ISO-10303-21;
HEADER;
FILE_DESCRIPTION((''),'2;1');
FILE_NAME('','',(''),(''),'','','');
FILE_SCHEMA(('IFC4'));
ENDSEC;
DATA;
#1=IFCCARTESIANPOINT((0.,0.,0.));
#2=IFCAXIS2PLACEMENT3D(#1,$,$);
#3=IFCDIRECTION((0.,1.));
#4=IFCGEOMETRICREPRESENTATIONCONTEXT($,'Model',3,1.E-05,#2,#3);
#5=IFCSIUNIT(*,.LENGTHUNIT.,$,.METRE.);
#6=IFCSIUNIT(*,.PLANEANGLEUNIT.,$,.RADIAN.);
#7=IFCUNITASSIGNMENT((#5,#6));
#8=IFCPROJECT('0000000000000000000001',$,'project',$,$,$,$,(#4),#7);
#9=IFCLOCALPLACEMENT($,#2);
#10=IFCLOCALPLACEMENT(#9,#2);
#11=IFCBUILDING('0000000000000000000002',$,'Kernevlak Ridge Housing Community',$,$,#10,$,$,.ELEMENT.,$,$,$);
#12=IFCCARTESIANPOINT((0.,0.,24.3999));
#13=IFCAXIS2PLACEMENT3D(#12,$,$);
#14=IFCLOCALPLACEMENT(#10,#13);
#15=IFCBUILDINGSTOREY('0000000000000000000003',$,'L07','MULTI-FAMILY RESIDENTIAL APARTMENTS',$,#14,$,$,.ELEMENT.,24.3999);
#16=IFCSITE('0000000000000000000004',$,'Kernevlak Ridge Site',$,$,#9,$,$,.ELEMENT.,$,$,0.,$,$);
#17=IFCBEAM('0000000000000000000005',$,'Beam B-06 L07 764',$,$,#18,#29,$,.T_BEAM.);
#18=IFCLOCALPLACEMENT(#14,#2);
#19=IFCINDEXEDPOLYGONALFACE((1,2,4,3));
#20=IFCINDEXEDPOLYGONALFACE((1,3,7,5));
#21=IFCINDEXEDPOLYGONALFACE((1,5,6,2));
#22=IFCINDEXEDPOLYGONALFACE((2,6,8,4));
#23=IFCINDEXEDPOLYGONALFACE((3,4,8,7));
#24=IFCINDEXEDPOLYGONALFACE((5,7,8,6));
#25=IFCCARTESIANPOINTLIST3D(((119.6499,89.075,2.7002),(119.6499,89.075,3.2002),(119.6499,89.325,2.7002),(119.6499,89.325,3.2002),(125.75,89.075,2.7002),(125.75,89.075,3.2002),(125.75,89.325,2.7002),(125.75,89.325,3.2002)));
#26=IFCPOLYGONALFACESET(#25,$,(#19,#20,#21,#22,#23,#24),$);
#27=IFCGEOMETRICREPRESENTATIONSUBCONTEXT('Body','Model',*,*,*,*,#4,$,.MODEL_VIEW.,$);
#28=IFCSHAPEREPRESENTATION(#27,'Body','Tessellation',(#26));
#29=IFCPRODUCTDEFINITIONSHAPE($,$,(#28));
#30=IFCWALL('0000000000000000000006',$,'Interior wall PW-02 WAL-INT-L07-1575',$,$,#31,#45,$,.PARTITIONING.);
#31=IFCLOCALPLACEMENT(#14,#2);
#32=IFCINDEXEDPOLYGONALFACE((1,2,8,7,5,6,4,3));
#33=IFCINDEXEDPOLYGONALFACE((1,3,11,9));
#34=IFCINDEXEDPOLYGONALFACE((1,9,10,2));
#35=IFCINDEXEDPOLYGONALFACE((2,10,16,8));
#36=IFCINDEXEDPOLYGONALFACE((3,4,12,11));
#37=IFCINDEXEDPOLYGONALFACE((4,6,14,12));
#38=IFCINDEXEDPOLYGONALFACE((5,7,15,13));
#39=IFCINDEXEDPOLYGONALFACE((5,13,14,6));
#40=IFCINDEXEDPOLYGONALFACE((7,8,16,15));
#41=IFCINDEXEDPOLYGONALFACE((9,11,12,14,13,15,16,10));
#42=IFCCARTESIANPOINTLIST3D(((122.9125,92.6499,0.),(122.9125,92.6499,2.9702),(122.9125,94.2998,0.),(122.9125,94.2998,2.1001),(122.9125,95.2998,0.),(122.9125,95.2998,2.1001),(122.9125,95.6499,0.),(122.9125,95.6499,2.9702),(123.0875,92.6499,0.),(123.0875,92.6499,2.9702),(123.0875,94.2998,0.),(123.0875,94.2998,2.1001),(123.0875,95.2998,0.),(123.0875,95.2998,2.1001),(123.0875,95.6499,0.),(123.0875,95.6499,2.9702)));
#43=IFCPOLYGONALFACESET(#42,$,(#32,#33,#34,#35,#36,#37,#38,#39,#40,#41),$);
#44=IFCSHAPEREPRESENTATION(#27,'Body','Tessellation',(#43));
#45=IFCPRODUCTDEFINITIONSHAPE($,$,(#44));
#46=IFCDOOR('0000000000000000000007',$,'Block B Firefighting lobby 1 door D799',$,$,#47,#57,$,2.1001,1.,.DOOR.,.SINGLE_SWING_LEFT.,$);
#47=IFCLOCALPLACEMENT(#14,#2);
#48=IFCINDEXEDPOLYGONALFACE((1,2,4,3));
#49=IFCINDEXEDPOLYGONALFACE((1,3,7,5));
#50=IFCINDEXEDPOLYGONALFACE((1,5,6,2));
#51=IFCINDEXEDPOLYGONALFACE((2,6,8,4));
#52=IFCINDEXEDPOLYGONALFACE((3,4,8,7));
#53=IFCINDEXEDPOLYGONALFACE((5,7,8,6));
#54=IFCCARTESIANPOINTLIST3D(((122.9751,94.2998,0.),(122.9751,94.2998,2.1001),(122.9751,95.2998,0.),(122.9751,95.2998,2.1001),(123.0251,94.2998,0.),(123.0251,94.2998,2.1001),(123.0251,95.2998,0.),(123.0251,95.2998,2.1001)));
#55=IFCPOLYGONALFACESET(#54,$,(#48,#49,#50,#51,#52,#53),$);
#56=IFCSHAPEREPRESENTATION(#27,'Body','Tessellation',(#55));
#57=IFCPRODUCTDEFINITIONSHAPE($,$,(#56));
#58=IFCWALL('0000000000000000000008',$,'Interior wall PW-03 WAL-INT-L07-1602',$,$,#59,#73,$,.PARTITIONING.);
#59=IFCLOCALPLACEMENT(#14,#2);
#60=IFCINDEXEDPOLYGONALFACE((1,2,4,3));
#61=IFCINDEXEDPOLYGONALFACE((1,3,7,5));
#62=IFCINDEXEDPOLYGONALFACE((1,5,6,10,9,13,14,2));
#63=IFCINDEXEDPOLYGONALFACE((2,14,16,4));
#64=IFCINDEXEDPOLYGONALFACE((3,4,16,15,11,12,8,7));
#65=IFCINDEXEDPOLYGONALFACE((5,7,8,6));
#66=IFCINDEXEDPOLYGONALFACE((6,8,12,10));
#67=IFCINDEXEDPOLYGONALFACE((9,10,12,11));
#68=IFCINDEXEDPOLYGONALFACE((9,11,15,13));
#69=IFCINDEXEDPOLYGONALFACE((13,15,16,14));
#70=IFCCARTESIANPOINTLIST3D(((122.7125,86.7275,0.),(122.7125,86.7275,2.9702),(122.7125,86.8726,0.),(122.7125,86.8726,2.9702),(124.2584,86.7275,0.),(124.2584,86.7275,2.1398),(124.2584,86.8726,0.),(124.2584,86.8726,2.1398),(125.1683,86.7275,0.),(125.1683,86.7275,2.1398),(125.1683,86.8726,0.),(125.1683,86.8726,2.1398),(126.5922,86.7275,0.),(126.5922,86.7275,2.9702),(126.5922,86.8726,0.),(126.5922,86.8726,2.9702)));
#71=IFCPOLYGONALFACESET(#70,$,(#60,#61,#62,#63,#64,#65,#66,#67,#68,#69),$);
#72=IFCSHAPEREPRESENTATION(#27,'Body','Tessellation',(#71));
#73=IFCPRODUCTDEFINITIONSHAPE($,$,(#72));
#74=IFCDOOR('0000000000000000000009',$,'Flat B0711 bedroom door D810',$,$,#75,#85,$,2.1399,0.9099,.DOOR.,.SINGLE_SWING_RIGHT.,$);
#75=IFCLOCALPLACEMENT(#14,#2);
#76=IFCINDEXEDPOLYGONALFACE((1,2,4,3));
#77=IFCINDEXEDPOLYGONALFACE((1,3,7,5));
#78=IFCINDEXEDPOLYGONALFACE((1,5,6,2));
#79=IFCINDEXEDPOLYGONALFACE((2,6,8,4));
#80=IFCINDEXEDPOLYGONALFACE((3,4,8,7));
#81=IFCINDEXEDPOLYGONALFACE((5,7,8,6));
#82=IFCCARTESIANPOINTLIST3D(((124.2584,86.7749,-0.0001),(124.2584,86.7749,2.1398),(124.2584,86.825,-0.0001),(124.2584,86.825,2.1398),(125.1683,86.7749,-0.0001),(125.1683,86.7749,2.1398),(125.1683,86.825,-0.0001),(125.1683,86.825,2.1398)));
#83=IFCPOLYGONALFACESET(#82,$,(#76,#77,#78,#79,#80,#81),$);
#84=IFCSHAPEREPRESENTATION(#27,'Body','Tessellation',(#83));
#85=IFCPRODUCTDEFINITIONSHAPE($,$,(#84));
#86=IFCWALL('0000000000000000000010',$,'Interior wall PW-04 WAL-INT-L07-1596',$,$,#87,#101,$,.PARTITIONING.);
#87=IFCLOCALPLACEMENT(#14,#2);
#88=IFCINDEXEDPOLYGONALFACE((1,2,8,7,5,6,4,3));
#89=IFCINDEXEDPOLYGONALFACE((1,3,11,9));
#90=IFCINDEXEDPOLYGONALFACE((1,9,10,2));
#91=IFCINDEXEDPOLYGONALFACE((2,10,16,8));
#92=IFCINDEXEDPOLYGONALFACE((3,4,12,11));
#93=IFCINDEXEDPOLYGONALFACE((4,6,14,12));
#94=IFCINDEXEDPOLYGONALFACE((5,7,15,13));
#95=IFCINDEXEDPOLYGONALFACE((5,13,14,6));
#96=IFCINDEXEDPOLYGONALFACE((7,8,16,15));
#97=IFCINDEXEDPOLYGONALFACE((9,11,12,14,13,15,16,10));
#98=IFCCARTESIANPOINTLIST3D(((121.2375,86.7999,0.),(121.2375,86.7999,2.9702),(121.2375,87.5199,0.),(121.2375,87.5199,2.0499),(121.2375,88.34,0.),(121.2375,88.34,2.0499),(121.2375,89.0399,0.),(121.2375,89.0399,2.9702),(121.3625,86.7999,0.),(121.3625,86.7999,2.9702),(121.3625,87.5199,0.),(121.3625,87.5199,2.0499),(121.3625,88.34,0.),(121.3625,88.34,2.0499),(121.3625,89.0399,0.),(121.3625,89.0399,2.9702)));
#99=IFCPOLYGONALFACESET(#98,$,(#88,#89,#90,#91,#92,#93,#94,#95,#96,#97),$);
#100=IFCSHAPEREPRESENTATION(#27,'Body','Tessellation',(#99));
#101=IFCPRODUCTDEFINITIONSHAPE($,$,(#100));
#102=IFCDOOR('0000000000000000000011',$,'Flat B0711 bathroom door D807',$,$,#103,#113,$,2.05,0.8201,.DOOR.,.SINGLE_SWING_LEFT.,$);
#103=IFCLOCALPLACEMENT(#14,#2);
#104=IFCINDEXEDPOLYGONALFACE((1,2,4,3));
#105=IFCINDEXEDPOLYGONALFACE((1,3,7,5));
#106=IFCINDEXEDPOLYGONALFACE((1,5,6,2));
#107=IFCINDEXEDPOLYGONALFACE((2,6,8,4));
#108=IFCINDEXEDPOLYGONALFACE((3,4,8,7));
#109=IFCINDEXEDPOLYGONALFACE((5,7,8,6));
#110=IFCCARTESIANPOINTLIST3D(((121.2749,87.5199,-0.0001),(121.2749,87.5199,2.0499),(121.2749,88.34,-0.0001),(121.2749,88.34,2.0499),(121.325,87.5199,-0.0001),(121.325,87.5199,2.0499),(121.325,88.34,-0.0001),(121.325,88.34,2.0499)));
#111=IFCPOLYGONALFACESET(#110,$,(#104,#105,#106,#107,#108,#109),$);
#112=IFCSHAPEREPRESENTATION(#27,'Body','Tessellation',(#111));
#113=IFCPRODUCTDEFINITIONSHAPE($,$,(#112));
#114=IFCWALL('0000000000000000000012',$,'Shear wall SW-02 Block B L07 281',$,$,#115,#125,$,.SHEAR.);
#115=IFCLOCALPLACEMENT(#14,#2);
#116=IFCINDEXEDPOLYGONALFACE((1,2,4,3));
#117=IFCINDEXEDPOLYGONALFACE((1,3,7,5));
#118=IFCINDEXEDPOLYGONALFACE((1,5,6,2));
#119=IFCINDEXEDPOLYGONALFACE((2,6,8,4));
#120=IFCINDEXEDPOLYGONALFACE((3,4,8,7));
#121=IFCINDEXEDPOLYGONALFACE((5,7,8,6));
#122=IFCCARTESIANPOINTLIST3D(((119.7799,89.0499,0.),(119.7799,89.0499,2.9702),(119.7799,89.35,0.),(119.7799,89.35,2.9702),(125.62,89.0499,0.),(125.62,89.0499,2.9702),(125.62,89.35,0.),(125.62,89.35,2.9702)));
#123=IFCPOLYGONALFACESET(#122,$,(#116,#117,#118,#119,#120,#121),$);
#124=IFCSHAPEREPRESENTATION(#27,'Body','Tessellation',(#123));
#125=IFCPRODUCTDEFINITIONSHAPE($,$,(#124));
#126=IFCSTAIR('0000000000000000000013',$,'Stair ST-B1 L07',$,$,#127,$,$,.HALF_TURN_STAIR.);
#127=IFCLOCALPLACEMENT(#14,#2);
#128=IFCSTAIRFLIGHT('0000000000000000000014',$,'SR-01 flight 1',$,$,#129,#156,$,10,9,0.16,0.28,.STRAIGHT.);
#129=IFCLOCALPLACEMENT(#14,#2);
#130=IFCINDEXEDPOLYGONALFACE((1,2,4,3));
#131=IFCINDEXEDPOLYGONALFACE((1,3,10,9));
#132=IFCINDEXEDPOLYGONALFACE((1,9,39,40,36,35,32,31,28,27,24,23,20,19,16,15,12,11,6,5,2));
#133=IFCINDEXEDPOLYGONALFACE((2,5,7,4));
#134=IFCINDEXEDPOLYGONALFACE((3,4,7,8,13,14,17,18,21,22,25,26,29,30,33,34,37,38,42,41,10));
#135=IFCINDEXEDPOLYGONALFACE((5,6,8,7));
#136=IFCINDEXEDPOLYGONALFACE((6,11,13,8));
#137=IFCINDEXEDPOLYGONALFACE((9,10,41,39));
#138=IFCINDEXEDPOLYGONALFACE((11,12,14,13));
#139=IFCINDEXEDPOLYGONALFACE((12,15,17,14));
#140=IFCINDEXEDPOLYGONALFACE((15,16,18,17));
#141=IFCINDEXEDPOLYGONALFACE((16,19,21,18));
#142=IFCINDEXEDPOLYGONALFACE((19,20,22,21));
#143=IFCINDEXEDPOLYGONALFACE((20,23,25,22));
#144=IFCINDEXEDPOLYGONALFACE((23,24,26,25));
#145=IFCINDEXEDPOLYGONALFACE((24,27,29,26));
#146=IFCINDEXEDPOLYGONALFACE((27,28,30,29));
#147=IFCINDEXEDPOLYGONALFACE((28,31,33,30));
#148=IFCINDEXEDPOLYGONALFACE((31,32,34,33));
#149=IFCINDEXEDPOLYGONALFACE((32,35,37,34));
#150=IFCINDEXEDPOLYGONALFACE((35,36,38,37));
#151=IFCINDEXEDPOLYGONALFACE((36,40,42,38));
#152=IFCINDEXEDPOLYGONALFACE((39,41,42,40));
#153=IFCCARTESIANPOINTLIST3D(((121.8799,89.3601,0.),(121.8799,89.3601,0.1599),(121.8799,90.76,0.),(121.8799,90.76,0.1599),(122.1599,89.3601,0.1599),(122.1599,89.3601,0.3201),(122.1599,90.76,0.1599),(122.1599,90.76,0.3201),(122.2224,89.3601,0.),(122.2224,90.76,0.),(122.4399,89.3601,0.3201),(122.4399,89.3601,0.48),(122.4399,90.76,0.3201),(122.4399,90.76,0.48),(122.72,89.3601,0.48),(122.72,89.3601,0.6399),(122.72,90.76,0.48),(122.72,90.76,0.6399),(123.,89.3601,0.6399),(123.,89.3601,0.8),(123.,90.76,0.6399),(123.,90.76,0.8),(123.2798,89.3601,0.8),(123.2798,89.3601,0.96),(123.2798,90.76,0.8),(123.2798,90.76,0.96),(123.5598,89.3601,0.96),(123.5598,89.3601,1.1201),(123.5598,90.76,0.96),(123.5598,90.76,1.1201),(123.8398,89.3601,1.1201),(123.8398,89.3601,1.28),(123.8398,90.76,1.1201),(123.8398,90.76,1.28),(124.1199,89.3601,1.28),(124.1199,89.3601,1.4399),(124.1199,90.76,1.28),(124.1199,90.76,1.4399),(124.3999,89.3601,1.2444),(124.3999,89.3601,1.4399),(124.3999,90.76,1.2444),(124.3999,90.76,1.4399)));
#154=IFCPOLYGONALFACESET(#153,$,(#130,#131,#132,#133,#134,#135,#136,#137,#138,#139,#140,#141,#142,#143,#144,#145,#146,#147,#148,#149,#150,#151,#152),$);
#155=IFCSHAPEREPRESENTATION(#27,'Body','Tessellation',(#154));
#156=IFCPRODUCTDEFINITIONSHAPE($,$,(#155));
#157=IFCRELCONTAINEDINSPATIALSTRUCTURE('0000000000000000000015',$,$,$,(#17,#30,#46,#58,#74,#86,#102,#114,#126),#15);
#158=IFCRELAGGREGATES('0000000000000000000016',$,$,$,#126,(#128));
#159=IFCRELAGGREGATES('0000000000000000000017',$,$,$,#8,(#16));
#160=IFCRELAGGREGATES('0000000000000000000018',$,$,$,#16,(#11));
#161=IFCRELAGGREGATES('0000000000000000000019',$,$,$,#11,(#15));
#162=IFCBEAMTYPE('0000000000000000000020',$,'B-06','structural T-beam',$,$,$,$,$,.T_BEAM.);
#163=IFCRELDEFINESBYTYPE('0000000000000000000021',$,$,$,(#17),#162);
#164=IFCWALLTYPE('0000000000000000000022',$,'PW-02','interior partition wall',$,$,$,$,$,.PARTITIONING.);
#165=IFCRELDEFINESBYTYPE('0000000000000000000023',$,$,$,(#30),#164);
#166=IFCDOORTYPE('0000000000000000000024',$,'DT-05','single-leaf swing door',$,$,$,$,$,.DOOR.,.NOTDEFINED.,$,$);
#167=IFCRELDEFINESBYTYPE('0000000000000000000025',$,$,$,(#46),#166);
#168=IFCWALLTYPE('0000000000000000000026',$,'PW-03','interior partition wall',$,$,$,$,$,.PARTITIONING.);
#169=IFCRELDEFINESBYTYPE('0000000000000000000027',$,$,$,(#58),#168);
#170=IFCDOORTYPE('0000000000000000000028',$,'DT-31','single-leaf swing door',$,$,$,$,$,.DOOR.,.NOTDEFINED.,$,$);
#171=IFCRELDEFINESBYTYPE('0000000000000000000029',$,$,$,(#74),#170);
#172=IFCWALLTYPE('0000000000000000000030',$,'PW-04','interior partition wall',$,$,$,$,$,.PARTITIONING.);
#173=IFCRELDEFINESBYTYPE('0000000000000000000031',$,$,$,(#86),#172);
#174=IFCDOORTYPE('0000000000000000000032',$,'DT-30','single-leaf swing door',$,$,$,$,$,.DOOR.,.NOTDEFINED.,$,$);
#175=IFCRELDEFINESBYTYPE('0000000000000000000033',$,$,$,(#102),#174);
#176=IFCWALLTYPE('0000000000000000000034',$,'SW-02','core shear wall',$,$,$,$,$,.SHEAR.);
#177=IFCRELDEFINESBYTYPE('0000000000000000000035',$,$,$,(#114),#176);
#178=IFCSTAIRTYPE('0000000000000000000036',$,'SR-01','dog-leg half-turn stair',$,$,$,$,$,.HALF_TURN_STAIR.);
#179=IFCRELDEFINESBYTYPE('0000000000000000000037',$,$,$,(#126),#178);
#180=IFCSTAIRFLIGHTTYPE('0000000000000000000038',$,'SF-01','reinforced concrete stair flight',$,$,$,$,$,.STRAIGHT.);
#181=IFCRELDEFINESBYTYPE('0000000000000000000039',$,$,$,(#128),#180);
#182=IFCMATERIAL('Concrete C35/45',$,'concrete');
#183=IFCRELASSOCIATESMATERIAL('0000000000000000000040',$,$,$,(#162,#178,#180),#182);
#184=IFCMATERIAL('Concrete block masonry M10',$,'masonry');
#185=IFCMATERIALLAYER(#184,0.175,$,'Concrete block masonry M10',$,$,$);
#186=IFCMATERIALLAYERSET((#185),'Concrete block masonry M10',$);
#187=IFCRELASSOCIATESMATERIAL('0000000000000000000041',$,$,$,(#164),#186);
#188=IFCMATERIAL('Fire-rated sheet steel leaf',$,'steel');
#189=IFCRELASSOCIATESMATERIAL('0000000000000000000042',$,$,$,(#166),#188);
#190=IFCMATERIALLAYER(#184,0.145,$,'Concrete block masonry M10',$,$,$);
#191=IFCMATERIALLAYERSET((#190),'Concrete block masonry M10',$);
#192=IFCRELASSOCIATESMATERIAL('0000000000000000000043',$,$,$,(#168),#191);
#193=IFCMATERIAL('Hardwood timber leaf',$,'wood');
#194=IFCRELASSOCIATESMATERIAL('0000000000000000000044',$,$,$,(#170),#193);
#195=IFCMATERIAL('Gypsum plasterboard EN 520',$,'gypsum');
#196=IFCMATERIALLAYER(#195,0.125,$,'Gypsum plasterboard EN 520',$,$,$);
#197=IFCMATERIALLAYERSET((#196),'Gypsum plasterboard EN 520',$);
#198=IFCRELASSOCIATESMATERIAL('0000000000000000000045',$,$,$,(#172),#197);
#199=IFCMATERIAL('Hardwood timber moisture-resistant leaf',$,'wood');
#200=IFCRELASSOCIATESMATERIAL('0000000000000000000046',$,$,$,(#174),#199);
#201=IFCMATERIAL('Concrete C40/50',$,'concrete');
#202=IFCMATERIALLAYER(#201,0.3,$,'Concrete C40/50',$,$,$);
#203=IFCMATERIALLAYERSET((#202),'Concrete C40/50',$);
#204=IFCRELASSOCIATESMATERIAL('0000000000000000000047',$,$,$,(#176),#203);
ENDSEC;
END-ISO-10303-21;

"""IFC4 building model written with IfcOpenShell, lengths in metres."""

from ifc_helpers import new_model, si_unit, direction, frame, frame_2d, origin, origin_2d, place, context, subcontext, project, spatial, polyline, rectangle, outline, extrude, material, layer, layer_set, material_profile, profile_set, type_object, element, fill, aggregate, save


model = new_model("IFC4")

# Units and contexts
model_context = context("Model", 3, precision=1e-05, world=origin(), true_north=direction((0.0, 1.0)))
body_context = subcontext(model_context, "Body", "Model", "MODEL_VIEW")
ifc_project = project(units=[si_unit("LENGTHUNIT", "METRE"), si_unit("PLANEANGLEUNIT", "RADIAN")], contexts=[model_context])

# Site, building, storey
site_placement = place(None, origin())
site = spatial("IfcSite", under=ifc_project, at=site_placement, Name="Kernevlak Ridge Site", CompositionType="ELEMENT", RefElevation=0.0)
building_placement = place(site_placement, origin())
building = spatial("IfcBuilding", under=site, at=building_placement, Name="Kernevlak Ridge Housing Community", CompositionType="ELEMENT")
storey_placement = place(building_placement, frame((0.0, 0.0, 24.3999)))
storey = spatial("IfcBuildingStorey", under=building, at=storey_placement, Name="L07", Description="MULTI-FAMILY RESIDENTIAL APARTMENTS", CompositionType="ELEMENT", Elevation=24.3999)

# Beam
ifc_material_1 = material(Name="Concrete C35/45", Category="concrete")
ifc_material_profile = material_profile(ifc_material_1, rectangle(XDim=0.25, YDim=0.5, at=origin_2d()), Name="RC 250x500")
ifc_profile_set = profile_set([ifc_material_profile], Name="Concrete C35/45")
beam_type = type_object("IfcBeamType", Name="B-06", Description="structural T-beam", PredefinedType="T_BEAM", material=ifc_profile_set)
beam_placement = place(storey_placement, frame((119.6499, 89.2, 2.9502), z_axis=(1.0, 0.0, 0.0), x_axis=(0.0, 1.0, 0.0)))
element("IfcBeam", 1, at=beam_placement, inside=storey, type_object=beam_type, Name="Beam B-06 L07 764", PredefinedType="T_BEAM", context=body_context, shape_type="SweptSolid", body=[
    extrude(rectangle(XDim=0.25, YDim=0.5, at=origin_2d()), origin(), (0.0, 0.0, 1.0), 6.1001),
])

# Walls, openings, doors
ifc_material_2 = material(Name="Concrete block masonry M10", Category="masonry")
ifc_layer_1 = layer(ifc_material_2, 0.175, Name="Concrete block masonry M10")
ifc_layer_set_1 = layer_set([ifc_layer_1], Name="Concrete block masonry M10")
wall_type_1 = type_object("IfcWallType", Name="PW-02", Description="interior partition wall", PredefinedType="PARTITIONING", material=ifc_layer_set_1)
wall_1_placement = place(storey_placement, frame((123.0, 92.6499, 0.0), z_axis=(0.0, 0.0, 1.0), x_axis=(0.0, 1.0, 0.0)))
wall_1 = element("IfcWall", 2, at=wall_1_placement, inside=storey, type_object=wall_type_1, Name="Interior wall PW-02 WAL-INT-L07-1575", PredefinedType="PARTITIONING", context=body_context, shape_type="SweptSolid", body=[
    extrude(rectangle(XDim=3.0, YDim=0.175, at=frame_2d((1.5, 0.0))), origin(), (0.0, 0.0, 1.0), 2.9702),
])
opening_1_placement = place(wall_1_placement, frame((1.6499, 0.0, 0.0)))
opening_1 = element("IfcOpeningElement", 3, at=opening_1_placement, cuts=wall_1, PredefinedType="OPENING", context=body_context, shape_type="SweptSolid", body=[
    extrude(rectangle(XDim=1.0, YDim=2.1001, at=frame_2d((0.5, 1.05))), frame((0.0, 0.0974, 0.0), z_axis=(0.0, -1.0, 0.0), x_axis=(1.0, 0.0, 0.0)), (0.0, 0.0, 1.0), 0.1951),
])
ifc_material_3 = material(Name="Fire-rated sheet steel leaf", Category="steel")
door_type_1 = type_object("IfcDoorType", Name="DT-05", Description="single-leaf swing door", OperationType="NOTDEFINED", PredefinedType="DOOR", material=ifc_material_3)
door_1_placement = place(opening_1_placement, origin())
door_1 = element("IfcDoor", 4, at=door_1_placement, inside=storey, type_object=door_type_1, Name="Block B Firefighting lobby 1 door D799", OperationType="SINGLE_SWING_LEFT", OverallHeight=2.1001, OverallWidth=1.0, PredefinedType="DOOR", context=body_context, shape_type="SweptSolid", body=[
    extrude(rectangle(XDim=1.0, YDim=2.1001, at=frame_2d((0.5, 1.05))), frame((0.0, 0.0249, 0.0), z_axis=(0.0, -1.0, 0.0), x_axis=(1.0, 0.0, 0.0)), (0.0, 0.0, 1.0), 0.05),
])
fill(opening_1, door_1)
ifc_layer_2 = layer(ifc_material_2, 0.145, Name="Concrete block masonry M10")
ifc_layer_set_2 = layer_set([ifc_layer_2], Name="Concrete block masonry M10")
wall_type_2 = type_object("IfcWallType", Name="PW-03", Description="interior partition wall", PredefinedType="PARTITIONING", material=ifc_layer_set_2)
ifc_material_4 = material(Name="Hardwood timber leaf", Category="wood")
wall_2_placement = place(storey_placement, frame((122.7124, 86.8, 0.0), z_axis=(0.0, 0.0, 1.0), x_axis=(1.0, 0.0, 0.0)))
wall_2 = element("IfcWall", 5, at=wall_2_placement, inside=storey, type_object=wall_type_2, Name="Interior wall PW-03 WAL-INT-L07-1602", PredefinedType="PARTITIONING", context=body_context, shape_type="SweptSolid", body=[
    extrude(rectangle(XDim=3.8796, YDim=0.145, at=frame_2d((1.9399, 0.0))), origin(), (0.0, 0.0, 1.0), 2.9702),
])
opening_2_placement = place(wall_2_placement, frame((1.5459, 0.0, 0.0)))
opening_2 = element("IfcOpeningElement", 6, at=opening_2_placement, cuts=wall_2, PredefinedType="OPENING", context=body_context, shape_type="SweptSolid", body=[
    extrude(rectangle(XDim=0.9099, YDim=2.1399, at=frame_2d((0.4551, 1.0698))), frame((0.0, 0.0825, 0.0), z_axis=(0.0, -1.0, 0.0), x_axis=(1.0, 0.0, 0.0)), (0.0, 0.0, 1.0), 0.165),
])
door_type_2 = type_object("IfcDoorType", Name="DT-31", Description="single-leaf swing door", OperationType="NOTDEFINED", PredefinedType="DOOR", material=ifc_material_4)
door_2_placement = place(opening_2_placement, origin())
door_2 = element("IfcDoor", 7, at=door_2_placement, inside=storey, type_object=door_type_2, Name="Flat B0711 bedroom door D810", OperationType="SINGLE_SWING_RIGHT", OverallHeight=2.1399, OverallWidth=0.9099, PredefinedType="DOOR", context=body_context, shape_type="SweptSolid", body=[
    extrude(rectangle(XDim=0.9099, YDim=2.1399, at=frame_2d((0.4551, 1.0698))), frame((0.0, 0.0249, 0.0), z_axis=(0.0, -1.0, 0.0), x_axis=(1.0, 0.0, 0.0)), (0.0, 0.0, 1.0), 0.05),
])
fill(opening_2, door_2)
ifc_material_5 = material(Name="Gypsum plasterboard EN 520", Category="gypsum")
ifc_layer_3 = layer(ifc_material_5, 0.125, Name="Gypsum plasterboard EN 520")
ifc_layer_set_3 = layer_set([ifc_layer_3], Name="Gypsum plasterboard EN 520")
wall_type_3 = type_object("IfcWallType", Name="PW-04", Description="interior partition wall", PredefinedType="PARTITIONING", material=ifc_layer_set_3)
wall_3_placement = place(storey_placement, frame((121.3, 89.04, 0.0), z_axis=(0.0, 0.0, 1.0), x_axis=(0.0, -1.0, 0.0)))
wall_3 = element("IfcWall", 8, at=wall_3_placement, inside=storey, type_object=wall_type_3, Name="Interior wall PW-04 WAL-INT-L07-1596", PredefinedType="PARTITIONING", context=body_context, shape_type="SweptSolid", body=[
    extrude(rectangle(XDim=2.24, YDim=0.125, at=frame_2d((1.1201, 0.0))), origin(), (0.0, 0.0, 1.0), 2.9702),
])
opening_3_placement = place(wall_3_placement, frame((0.7, 0.0, 0.0)))
opening_3 = element("IfcOpeningElement", 9, at=opening_3_placement, cuts=wall_3, PredefinedType="OPENING", context=body_context, shape_type="SweptSolid", body=[
    extrude(rectangle(XDim=0.8201, YDim=2.05, at=frame_2d((0.4102, 1.0249))), frame((0.0, 0.0725, 0.0), z_axis=(0.0, -1.0, 0.0), x_axis=(1.0, 0.0, 0.0)), (0.0, 0.0, 1.0), 0.145),
])
ifc_material_6 = material(Name="Hardwood timber moisture-resistant leaf", Category="wood")
door_type_3 = type_object("IfcDoorType", Name="DT-30", Description="single-leaf swing door", OperationType="NOTDEFINED", PredefinedType="DOOR", material=ifc_material_6)
door_3_placement = place(opening_3_placement, origin())
door_3 = element("IfcDoor", 10, at=door_3_placement, inside=storey, type_object=door_type_3, Name="Flat B0711 bathroom door D807", OperationType="SINGLE_SWING_LEFT", OverallHeight=2.05, OverallWidth=0.8201, PredefinedType="DOOR", context=body_context, shape_type="SweptSolid", body=[
    extrude(rectangle(XDim=0.8201, YDim=2.05, at=frame_2d((0.4102, 1.0249))), frame((0.0, 0.0249, 0.0), z_axis=(0.0, -1.0, 0.0), x_axis=(1.0, 0.0, 0.0)), (0.0, 0.0, 1.0), 0.05),
])
fill(opening_3, door_3)

# Wall
ifc_material_7 = material(Name="Concrete C40/50", Category="concrete")
ifc_layer_4 = layer(ifc_material_7, 0.3, Name="Concrete C40/50")
ifc_layer_set_4 = layer_set([ifc_layer_4], Name="Concrete C40/50")
wall_type_4 = type_object("IfcWallType", Name="SW-02", Description="core shear wall", PredefinedType="SHEAR", material=ifc_layer_set_4)
wall_4_placement = place(storey_placement, frame((119.78, 89.2, 0.0), z_axis=(0.0, 0.0, 1.0), x_axis=(1.0, 0.0, 0.0)))
element("IfcWall", 11, at=wall_4_placement, inside=storey, type_object=wall_type_4, Name="Shear wall SW-02 Block B L07 281", PredefinedType="SHEAR", context=body_context, shape_type="SweptSolid", body=[
    extrude(rectangle(XDim=5.8401, YDim=0.3, at=frame_2d((2.9199, 0.0))), origin(), (0.0, 0.0, 1.0), 2.9702),
])

# Stair, stair flight
stair_type = type_object("IfcStairType", Name="SR-01", Description="dog-leg half-turn stair", PredefinedType="HALF_TURN_STAIR", material=ifc_material_1)
stair_placement = place(storey_placement, origin())
stair = element("IfcStair", 12, at=stair_placement, inside=storey, type_object=stair_type, Name="Stair ST-B1 L07", PredefinedType="HALF_TURN_STAIR")
stair_flight_type = type_object("IfcStairFlightType", Name="SF-01", Description="reinforced concrete stair flight", PredefinedType="STRAIGHT", material=ifc_material_1)
stair_flight_placement = place(storey_placement, frame((121.8799, 90.0601, 0.0), z_axis=(0.0, 0.0, 1.0), x_axis=(1.0, 0.0, 0.0)))
stair_flight = element("IfcStairFlight", 13, at=stair_flight_placement, type_object=stair_flight_type, Name="SR-01 flight 1", NumberOfRisers=10, NumberOfTreads=9, PredefinedType="STRAIGHT", RiserHeight=0.16, TreadLength=0.28, context=body_context, shape_type="SweptSolid", body=[
    extrude(outline(polyline([(0.0, 0.0), (0.0, 0.1599), (0.28, 0.1599), (0.28, 0.3201), (0.5601, 0.3201), (0.5601, 0.48), (0.8401, 0.48), (0.8401, 0.6399), (1.1201, 0.6399), (1.1201, 0.8), (1.3999, 0.8), (1.3999, 0.96), (1.6799, 0.96), (1.6799, 1.1201), (1.96, 1.1201), (1.96, 1.28), (2.24, 1.28), (2.24, 1.4399), (2.52, 1.4399), (2.52, 1.6001), (2.52, 1.2444), (0.3425, 0.0), (0.0, 0.0)])), frame((0.0, 0.7, 0.0), z_axis=(0.0, -1.0, 0.0), x_axis=(1.0, 0.0, 0.0)), (0.0, 0.0, 1.0), 1.3999),
])
aggregate(stair, [stair_flight])

save(model, "model.ifc")
